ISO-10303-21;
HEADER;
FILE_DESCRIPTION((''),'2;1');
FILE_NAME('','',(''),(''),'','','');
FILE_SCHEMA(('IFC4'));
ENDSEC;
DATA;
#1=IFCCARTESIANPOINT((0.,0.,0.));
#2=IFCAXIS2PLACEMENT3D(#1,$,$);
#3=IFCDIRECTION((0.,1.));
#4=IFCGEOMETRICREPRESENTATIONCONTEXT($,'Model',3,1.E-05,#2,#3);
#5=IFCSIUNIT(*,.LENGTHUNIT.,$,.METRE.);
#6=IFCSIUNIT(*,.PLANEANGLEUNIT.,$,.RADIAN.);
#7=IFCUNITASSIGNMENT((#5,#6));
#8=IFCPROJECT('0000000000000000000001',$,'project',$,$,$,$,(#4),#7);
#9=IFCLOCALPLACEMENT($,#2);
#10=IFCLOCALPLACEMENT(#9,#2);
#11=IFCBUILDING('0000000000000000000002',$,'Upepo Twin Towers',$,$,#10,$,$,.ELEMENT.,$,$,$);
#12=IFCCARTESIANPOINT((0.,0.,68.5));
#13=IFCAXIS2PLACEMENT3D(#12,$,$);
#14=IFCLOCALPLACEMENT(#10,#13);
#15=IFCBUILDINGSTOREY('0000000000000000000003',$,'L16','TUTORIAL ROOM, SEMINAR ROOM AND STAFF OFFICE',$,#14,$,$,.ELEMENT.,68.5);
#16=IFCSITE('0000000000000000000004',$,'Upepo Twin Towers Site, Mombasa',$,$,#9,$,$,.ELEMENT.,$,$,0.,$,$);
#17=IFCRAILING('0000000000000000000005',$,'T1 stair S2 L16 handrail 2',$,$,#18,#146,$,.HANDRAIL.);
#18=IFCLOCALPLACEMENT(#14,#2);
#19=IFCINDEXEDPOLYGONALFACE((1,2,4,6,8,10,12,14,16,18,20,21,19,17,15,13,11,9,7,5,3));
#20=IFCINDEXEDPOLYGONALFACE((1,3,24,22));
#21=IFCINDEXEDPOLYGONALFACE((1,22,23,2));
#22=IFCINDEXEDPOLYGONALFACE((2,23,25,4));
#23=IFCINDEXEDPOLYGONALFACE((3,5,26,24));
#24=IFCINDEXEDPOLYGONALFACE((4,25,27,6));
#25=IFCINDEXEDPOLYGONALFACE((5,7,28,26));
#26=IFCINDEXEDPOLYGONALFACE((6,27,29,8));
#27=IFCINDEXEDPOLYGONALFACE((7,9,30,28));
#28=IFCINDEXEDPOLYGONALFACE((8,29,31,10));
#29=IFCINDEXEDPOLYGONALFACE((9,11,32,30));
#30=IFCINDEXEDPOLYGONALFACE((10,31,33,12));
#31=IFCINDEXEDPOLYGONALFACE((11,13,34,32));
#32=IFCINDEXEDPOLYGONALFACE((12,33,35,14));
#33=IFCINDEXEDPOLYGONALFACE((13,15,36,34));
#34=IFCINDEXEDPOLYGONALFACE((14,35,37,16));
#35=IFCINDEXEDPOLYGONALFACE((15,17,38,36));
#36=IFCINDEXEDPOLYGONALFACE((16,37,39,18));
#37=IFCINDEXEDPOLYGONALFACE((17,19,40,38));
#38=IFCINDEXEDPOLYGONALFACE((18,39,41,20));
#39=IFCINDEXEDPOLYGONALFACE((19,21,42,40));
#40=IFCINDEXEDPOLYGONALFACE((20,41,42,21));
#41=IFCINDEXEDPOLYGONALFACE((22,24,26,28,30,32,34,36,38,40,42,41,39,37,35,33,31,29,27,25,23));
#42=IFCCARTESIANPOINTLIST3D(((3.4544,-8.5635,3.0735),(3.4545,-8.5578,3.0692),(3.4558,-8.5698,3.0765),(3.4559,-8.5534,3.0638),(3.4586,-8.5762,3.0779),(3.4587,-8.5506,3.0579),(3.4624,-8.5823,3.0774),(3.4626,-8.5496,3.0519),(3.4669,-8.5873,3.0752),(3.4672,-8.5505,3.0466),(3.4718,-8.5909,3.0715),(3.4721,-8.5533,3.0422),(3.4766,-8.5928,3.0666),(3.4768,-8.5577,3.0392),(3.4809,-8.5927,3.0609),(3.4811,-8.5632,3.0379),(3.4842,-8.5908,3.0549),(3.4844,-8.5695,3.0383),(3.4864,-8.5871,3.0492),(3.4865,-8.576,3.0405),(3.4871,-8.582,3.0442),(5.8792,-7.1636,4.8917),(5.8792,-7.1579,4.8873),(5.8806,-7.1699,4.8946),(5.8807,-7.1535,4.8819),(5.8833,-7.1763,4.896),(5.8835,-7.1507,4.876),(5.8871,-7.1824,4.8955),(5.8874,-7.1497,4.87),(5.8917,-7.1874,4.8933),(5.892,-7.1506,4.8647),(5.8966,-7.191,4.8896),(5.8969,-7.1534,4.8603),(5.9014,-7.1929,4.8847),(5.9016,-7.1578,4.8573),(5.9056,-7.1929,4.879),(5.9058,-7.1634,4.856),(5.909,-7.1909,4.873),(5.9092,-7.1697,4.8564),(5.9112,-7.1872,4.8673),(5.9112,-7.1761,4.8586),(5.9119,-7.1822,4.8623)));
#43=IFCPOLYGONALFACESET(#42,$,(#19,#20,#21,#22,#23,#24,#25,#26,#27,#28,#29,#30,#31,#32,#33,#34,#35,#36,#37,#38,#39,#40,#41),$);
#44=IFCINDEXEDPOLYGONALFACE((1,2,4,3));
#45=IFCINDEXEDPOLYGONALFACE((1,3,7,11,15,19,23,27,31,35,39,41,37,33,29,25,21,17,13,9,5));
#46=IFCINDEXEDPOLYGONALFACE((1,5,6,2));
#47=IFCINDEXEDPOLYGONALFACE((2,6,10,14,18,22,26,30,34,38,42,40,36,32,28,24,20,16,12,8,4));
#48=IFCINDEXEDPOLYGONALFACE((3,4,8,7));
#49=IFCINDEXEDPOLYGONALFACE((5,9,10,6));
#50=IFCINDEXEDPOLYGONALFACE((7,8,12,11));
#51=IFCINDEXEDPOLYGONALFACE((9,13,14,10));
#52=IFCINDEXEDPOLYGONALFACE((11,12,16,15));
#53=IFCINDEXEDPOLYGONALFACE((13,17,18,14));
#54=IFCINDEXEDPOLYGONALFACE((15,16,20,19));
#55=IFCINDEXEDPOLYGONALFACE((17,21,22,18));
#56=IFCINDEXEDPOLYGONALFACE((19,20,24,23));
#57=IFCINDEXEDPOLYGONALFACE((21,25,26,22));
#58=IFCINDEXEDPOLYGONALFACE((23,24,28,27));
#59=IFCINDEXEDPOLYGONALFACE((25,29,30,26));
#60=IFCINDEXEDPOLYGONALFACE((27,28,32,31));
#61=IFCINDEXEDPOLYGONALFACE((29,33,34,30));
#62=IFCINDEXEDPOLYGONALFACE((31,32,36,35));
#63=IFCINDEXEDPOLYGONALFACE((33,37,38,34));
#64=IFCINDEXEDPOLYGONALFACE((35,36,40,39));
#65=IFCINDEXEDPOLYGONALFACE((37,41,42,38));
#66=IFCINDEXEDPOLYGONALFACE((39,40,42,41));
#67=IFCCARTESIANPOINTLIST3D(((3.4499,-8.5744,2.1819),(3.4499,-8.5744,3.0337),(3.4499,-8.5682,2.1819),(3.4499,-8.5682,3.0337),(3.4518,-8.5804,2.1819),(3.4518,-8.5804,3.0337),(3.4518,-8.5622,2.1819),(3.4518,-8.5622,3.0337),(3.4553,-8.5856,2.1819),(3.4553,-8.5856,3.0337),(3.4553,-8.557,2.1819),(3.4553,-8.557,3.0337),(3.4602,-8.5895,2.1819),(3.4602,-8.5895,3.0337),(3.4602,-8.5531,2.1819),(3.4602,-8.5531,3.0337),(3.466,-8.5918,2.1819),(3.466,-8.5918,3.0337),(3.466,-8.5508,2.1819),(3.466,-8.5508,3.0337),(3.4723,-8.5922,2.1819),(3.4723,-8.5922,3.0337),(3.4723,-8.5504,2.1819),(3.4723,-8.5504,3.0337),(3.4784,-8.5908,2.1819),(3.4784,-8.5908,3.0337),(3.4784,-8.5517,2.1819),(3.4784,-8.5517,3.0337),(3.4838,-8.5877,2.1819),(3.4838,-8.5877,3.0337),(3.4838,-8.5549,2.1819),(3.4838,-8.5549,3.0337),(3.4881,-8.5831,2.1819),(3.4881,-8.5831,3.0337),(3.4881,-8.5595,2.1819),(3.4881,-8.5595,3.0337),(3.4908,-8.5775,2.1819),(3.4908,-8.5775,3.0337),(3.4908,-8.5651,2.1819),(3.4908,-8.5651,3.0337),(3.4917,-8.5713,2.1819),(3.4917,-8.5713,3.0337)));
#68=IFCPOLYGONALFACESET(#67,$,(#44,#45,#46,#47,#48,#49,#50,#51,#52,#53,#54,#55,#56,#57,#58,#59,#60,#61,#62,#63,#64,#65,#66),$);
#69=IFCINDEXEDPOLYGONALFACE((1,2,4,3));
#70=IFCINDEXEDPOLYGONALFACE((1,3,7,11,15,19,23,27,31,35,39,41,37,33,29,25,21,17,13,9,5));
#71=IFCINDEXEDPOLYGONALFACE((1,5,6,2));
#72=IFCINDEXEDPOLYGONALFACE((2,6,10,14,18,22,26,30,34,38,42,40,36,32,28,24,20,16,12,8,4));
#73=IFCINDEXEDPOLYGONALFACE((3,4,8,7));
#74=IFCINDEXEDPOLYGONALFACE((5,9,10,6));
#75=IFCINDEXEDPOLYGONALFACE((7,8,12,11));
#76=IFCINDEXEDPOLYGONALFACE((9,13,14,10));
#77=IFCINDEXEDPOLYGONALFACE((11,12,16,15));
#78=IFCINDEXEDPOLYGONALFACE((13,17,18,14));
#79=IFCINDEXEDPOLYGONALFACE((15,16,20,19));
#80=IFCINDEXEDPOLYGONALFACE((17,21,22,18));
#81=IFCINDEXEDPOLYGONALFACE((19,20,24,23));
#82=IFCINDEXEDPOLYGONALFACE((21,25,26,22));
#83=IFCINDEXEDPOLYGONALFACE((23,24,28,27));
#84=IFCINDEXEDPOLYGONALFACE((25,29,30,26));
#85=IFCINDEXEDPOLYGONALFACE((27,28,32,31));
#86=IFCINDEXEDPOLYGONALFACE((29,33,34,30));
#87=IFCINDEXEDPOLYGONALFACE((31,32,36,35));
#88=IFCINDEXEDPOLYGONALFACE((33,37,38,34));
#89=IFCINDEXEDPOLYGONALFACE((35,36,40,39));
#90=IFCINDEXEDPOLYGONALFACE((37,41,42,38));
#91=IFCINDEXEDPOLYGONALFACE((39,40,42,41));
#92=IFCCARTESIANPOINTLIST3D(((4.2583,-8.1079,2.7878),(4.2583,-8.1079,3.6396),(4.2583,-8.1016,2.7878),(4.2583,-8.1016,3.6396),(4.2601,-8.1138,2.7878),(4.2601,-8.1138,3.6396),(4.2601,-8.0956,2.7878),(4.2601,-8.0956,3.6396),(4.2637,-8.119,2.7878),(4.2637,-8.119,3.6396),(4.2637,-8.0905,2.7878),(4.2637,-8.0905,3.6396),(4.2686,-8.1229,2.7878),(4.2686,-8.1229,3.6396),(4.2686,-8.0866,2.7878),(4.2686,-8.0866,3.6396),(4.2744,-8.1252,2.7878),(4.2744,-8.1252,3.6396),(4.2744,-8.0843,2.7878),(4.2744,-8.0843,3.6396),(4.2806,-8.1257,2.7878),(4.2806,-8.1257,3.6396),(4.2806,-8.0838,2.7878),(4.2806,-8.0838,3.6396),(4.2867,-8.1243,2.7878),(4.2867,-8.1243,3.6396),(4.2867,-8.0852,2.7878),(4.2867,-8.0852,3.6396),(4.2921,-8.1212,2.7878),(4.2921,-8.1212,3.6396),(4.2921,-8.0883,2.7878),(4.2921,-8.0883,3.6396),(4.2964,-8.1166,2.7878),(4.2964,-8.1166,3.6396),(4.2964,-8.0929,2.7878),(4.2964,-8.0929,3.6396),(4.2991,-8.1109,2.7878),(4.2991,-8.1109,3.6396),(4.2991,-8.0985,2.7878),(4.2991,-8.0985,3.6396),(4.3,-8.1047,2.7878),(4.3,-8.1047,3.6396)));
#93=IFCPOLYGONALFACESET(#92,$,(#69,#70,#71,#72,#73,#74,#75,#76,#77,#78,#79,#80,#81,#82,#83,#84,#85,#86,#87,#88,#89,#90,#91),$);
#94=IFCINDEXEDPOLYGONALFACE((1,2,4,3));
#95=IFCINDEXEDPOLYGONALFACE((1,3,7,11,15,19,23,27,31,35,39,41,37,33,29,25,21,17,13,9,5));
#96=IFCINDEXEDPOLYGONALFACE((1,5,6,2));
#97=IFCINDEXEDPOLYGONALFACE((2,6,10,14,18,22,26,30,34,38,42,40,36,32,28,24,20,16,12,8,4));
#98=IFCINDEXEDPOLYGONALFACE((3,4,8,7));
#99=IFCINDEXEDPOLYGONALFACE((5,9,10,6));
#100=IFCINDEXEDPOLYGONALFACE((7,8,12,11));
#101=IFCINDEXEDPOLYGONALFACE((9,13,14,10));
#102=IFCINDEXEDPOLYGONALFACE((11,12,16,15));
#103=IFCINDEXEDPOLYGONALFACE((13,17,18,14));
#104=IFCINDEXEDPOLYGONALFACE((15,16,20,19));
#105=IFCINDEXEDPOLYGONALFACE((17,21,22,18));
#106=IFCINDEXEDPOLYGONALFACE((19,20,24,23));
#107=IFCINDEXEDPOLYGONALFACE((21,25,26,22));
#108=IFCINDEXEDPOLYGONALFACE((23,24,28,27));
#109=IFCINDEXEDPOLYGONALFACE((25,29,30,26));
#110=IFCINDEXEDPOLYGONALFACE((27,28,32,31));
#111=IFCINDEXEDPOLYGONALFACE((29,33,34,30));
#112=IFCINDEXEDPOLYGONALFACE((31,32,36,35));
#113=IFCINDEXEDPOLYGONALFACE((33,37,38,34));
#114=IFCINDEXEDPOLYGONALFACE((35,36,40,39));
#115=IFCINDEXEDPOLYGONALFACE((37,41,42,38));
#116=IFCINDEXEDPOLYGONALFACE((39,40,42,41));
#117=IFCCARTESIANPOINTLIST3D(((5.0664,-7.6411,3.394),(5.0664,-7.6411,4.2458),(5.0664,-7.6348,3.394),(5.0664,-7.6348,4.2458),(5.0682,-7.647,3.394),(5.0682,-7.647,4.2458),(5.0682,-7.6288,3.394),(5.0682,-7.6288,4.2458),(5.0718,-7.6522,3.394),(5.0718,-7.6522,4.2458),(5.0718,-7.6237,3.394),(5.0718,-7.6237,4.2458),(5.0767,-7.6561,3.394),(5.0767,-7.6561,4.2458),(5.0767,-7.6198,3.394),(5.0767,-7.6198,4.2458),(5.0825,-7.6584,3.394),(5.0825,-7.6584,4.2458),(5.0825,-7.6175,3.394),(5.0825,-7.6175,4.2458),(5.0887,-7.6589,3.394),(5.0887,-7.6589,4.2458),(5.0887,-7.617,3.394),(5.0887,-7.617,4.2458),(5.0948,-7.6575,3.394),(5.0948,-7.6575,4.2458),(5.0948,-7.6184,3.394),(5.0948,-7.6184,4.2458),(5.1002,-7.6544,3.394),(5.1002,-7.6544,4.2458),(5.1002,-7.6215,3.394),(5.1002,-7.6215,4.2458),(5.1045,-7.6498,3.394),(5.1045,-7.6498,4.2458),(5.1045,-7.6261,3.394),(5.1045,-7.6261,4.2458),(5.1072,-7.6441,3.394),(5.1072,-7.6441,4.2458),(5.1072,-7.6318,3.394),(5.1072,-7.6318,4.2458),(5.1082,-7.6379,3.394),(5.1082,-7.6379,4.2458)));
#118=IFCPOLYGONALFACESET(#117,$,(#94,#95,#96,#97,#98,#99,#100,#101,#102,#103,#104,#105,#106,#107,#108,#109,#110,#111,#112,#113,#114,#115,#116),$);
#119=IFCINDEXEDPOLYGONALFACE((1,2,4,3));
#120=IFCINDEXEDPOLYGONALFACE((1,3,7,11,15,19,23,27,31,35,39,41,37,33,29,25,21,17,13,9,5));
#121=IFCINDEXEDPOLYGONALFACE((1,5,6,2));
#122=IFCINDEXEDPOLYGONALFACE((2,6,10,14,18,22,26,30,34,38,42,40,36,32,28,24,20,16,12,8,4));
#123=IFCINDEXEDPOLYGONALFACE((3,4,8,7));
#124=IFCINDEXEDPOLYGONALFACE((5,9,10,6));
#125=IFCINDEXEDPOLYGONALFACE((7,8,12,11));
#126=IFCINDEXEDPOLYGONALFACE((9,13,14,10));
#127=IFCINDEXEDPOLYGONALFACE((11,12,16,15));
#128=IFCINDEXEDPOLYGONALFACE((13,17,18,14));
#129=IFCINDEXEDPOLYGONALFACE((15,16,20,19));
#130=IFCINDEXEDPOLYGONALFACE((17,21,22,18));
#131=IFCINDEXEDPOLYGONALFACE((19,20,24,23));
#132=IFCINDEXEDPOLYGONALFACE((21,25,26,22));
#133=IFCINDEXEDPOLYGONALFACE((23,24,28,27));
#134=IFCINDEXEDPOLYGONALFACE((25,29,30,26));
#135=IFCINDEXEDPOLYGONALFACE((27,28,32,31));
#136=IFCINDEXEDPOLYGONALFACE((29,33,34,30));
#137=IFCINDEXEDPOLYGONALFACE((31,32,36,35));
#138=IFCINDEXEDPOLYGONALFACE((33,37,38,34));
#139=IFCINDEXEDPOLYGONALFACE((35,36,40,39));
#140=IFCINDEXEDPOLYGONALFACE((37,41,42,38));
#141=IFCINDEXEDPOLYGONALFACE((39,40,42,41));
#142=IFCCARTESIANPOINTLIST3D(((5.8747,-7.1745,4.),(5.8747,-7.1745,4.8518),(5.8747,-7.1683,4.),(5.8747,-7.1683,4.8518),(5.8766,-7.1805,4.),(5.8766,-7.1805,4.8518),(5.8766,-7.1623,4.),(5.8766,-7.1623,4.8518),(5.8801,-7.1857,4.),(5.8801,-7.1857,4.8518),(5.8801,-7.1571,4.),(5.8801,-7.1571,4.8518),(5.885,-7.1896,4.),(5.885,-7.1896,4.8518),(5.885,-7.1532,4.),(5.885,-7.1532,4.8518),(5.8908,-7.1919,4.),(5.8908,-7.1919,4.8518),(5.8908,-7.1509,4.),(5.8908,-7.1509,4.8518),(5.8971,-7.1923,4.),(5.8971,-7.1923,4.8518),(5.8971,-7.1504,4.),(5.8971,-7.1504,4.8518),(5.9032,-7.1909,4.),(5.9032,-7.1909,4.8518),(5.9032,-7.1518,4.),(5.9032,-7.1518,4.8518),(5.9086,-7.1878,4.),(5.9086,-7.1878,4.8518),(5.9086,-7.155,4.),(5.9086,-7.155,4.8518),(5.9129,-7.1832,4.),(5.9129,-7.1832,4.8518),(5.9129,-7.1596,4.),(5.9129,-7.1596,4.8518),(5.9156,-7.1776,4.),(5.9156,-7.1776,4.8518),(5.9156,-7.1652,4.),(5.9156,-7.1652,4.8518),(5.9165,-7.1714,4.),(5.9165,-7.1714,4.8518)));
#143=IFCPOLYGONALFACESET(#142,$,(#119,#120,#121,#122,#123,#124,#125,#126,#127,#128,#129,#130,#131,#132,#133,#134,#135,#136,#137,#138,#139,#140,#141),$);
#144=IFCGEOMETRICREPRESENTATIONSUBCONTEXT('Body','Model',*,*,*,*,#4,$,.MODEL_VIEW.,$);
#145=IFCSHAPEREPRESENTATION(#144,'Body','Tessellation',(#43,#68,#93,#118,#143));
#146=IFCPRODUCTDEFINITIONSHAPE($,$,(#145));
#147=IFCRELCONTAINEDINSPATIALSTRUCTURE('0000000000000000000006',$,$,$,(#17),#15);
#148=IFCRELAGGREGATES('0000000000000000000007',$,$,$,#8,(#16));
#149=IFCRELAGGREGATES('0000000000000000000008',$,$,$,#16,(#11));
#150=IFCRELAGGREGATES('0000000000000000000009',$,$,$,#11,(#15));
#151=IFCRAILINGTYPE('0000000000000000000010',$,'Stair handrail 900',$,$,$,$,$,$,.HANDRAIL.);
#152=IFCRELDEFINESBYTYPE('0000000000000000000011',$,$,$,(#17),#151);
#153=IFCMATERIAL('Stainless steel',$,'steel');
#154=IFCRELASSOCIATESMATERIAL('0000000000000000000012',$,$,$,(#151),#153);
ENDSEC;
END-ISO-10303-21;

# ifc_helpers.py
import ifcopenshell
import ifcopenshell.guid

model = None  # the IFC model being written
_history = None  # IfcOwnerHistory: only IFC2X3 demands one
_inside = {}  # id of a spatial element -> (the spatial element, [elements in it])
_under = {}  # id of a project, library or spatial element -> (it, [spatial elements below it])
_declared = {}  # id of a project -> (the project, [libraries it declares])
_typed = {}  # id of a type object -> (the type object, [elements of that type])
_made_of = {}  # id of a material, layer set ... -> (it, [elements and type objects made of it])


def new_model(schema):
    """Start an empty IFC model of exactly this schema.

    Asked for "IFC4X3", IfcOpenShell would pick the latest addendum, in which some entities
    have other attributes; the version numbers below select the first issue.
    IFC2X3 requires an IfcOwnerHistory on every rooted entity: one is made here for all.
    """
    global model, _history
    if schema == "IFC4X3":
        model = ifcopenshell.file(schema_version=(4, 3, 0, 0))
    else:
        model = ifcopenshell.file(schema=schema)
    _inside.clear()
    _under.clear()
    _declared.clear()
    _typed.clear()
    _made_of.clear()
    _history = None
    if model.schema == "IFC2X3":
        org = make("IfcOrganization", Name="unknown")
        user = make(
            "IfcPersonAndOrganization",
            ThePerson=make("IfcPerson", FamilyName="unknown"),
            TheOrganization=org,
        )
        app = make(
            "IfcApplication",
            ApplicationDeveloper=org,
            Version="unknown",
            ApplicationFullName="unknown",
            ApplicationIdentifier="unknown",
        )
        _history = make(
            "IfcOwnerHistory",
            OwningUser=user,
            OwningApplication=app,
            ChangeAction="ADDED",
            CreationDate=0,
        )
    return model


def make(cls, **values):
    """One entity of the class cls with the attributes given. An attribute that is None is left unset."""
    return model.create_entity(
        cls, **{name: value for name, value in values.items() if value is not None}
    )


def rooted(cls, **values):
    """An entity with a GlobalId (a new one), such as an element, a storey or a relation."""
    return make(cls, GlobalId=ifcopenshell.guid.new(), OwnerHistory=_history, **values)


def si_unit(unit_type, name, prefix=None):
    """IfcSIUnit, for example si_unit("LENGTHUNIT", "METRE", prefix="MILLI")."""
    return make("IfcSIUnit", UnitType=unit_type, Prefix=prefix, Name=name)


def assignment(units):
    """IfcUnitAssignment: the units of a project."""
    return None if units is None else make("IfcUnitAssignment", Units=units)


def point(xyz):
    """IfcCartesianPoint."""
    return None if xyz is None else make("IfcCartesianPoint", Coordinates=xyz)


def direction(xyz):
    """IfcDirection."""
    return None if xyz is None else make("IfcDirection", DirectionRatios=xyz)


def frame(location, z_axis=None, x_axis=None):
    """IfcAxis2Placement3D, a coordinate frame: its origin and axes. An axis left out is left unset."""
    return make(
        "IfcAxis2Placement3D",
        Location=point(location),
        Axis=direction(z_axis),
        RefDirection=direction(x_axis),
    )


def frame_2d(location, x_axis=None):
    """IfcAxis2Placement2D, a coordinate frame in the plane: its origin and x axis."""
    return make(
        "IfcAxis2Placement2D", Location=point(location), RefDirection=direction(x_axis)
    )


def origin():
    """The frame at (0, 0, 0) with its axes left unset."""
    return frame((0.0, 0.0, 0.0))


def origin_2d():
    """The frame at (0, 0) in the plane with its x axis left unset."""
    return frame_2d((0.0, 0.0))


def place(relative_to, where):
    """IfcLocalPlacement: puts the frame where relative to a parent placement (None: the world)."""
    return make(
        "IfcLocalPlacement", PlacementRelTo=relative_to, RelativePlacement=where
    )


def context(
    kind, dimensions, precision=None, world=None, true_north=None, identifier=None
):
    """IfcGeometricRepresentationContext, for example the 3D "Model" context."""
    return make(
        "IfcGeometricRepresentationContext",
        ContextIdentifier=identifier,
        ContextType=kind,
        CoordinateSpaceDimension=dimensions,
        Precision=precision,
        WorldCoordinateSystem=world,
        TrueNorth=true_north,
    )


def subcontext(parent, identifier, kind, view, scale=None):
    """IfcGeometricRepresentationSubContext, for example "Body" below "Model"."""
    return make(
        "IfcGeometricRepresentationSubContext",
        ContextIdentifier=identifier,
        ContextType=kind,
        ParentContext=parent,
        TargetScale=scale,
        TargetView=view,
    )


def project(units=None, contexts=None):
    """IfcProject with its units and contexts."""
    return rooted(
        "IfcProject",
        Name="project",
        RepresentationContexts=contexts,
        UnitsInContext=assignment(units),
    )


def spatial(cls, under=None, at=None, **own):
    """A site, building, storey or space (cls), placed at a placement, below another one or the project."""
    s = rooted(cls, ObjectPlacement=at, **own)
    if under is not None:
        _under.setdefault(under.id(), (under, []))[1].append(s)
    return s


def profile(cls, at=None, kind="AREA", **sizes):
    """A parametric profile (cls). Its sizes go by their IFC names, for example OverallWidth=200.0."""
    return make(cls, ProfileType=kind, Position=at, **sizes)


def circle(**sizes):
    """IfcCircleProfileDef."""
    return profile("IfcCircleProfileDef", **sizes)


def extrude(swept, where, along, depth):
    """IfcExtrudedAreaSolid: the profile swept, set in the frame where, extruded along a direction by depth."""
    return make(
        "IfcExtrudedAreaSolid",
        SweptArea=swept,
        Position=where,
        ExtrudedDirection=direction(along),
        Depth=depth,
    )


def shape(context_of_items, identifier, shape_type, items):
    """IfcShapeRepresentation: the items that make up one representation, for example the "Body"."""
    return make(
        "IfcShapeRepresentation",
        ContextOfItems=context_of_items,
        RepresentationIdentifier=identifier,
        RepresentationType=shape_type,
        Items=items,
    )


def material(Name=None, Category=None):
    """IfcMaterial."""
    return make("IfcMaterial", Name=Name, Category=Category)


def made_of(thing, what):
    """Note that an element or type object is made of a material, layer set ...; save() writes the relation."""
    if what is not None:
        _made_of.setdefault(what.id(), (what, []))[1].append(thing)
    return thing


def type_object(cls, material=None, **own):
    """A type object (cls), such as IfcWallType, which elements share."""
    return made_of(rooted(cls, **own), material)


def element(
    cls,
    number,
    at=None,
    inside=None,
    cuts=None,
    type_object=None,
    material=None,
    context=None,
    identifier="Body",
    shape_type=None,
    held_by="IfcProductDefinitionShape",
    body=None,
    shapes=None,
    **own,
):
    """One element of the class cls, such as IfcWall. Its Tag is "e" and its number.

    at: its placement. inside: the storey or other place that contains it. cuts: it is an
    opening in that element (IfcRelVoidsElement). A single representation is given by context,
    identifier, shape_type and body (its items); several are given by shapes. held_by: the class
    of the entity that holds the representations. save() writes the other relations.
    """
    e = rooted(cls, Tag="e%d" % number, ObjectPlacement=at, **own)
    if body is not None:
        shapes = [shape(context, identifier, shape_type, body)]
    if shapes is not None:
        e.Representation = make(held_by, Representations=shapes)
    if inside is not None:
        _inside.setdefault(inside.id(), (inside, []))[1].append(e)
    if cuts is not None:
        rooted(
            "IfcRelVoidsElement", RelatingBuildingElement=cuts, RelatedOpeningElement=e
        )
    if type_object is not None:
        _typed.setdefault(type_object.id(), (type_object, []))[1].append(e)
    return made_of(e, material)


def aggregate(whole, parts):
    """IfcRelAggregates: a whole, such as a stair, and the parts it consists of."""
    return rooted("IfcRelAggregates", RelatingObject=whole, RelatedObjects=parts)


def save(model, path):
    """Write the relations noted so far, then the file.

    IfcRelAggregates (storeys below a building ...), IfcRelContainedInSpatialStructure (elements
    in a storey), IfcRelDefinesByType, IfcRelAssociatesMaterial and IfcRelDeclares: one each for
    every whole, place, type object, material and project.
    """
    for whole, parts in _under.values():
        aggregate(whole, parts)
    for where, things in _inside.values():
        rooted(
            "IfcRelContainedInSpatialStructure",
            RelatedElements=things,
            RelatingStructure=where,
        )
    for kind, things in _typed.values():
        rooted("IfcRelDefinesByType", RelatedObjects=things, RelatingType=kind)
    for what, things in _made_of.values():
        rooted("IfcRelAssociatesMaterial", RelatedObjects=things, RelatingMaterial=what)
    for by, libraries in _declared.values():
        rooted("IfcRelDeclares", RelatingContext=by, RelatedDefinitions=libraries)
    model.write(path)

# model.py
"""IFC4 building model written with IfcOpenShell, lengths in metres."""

from ifc_helpers import new_model, si_unit, direction, frame, origin, origin_2d, place, context, subcontext, project, spatial, circle, extrude, material, type_object, element, save


model = new_model("IFC4")

# Units and contexts
model_context = context("Model", 3, precision=1e-05, world=origin(), true_north=direction((0.0, 1.0)))
body_context = subcontext(model_context, "Body", "Model", "MODEL_VIEW")
ifc_project = project(units=[si_unit("LENGTHUNIT", "METRE"), si_unit("PLANEANGLEUNIT", "RADIAN")], contexts=[model_context])

# Site, building, storey
site_placement = place(None, origin())
site = spatial("IfcSite", under=ifc_project, at=site_placement, Name="Upepo Twin Towers Site, Mombasa", CompositionType="ELEMENT", RefElevation=0.0)
building_placement = place(site_placement, origin())
building = spatial("IfcBuilding", under=site, at=building_placement, Name="Upepo Twin Towers", CompositionType="ELEMENT")
storey_placement = place(building_placement, frame((0.0, 0.0, 68.5)))
storey = spatial("IfcBuildingStorey", under=building, at=storey_placement, Name="L16", Description="TUTORIAL ROOM, SEMINAR ROOM AND STAFF OFFICE", CompositionType="ELEMENT", Elevation=68.5)

# Railing
ifc_material_1 = material(Name="Stainless steel", Category="steel")
railing_type = type_object("IfcRailingType", Name="Stair handrail 900", PredefinedType="HANDRAIL", material=ifc_material_1)
railing_1_placement = place(storey_placement, frame((3.4707, -8.5713, 2.1819)))
element("IfcRailing", 1, at=railing_1_placement, inside=storey, type_object=railing_type, Name="T1 stair S2 L16 handrail 2", PredefinedType="HANDRAIL", context=body_context, shape_type="SweptSolid", body=[
    extrude(circle(Radius=0.0239, at=origin_2d()), frame((0.0, 0.0, 0.876), z_axis=(0.726336, 0.419333, 0.544606), x_axis=(-0.499984, 0.866035, 0.0)), (0.0, 0.0, 1.0), 3.3384),
    extrude(circle(Radius=0.021, at=origin_2d()), origin(), (0.0, 0.0, 1.0), 0.8518),
    extrude(circle(Radius=0.021, at=origin_2d()), frame((0.8083, 0.4666, 0.606)), (0.0, 0.0, 1.0), 0.8518),
    extrude(circle(Radius=0.021, at=origin_2d()), frame((1.6165, 0.9333, 1.2122)), (0.0, 0.0, 1.0), 0.8518),
    extrude(circle(Radius=0.021, at=origin_2d()), frame((2.4248, 1.3999, 1.8181)), (0.0, 0.0, 1.0), 0.8518),
])

save(model, "model.ifc")
